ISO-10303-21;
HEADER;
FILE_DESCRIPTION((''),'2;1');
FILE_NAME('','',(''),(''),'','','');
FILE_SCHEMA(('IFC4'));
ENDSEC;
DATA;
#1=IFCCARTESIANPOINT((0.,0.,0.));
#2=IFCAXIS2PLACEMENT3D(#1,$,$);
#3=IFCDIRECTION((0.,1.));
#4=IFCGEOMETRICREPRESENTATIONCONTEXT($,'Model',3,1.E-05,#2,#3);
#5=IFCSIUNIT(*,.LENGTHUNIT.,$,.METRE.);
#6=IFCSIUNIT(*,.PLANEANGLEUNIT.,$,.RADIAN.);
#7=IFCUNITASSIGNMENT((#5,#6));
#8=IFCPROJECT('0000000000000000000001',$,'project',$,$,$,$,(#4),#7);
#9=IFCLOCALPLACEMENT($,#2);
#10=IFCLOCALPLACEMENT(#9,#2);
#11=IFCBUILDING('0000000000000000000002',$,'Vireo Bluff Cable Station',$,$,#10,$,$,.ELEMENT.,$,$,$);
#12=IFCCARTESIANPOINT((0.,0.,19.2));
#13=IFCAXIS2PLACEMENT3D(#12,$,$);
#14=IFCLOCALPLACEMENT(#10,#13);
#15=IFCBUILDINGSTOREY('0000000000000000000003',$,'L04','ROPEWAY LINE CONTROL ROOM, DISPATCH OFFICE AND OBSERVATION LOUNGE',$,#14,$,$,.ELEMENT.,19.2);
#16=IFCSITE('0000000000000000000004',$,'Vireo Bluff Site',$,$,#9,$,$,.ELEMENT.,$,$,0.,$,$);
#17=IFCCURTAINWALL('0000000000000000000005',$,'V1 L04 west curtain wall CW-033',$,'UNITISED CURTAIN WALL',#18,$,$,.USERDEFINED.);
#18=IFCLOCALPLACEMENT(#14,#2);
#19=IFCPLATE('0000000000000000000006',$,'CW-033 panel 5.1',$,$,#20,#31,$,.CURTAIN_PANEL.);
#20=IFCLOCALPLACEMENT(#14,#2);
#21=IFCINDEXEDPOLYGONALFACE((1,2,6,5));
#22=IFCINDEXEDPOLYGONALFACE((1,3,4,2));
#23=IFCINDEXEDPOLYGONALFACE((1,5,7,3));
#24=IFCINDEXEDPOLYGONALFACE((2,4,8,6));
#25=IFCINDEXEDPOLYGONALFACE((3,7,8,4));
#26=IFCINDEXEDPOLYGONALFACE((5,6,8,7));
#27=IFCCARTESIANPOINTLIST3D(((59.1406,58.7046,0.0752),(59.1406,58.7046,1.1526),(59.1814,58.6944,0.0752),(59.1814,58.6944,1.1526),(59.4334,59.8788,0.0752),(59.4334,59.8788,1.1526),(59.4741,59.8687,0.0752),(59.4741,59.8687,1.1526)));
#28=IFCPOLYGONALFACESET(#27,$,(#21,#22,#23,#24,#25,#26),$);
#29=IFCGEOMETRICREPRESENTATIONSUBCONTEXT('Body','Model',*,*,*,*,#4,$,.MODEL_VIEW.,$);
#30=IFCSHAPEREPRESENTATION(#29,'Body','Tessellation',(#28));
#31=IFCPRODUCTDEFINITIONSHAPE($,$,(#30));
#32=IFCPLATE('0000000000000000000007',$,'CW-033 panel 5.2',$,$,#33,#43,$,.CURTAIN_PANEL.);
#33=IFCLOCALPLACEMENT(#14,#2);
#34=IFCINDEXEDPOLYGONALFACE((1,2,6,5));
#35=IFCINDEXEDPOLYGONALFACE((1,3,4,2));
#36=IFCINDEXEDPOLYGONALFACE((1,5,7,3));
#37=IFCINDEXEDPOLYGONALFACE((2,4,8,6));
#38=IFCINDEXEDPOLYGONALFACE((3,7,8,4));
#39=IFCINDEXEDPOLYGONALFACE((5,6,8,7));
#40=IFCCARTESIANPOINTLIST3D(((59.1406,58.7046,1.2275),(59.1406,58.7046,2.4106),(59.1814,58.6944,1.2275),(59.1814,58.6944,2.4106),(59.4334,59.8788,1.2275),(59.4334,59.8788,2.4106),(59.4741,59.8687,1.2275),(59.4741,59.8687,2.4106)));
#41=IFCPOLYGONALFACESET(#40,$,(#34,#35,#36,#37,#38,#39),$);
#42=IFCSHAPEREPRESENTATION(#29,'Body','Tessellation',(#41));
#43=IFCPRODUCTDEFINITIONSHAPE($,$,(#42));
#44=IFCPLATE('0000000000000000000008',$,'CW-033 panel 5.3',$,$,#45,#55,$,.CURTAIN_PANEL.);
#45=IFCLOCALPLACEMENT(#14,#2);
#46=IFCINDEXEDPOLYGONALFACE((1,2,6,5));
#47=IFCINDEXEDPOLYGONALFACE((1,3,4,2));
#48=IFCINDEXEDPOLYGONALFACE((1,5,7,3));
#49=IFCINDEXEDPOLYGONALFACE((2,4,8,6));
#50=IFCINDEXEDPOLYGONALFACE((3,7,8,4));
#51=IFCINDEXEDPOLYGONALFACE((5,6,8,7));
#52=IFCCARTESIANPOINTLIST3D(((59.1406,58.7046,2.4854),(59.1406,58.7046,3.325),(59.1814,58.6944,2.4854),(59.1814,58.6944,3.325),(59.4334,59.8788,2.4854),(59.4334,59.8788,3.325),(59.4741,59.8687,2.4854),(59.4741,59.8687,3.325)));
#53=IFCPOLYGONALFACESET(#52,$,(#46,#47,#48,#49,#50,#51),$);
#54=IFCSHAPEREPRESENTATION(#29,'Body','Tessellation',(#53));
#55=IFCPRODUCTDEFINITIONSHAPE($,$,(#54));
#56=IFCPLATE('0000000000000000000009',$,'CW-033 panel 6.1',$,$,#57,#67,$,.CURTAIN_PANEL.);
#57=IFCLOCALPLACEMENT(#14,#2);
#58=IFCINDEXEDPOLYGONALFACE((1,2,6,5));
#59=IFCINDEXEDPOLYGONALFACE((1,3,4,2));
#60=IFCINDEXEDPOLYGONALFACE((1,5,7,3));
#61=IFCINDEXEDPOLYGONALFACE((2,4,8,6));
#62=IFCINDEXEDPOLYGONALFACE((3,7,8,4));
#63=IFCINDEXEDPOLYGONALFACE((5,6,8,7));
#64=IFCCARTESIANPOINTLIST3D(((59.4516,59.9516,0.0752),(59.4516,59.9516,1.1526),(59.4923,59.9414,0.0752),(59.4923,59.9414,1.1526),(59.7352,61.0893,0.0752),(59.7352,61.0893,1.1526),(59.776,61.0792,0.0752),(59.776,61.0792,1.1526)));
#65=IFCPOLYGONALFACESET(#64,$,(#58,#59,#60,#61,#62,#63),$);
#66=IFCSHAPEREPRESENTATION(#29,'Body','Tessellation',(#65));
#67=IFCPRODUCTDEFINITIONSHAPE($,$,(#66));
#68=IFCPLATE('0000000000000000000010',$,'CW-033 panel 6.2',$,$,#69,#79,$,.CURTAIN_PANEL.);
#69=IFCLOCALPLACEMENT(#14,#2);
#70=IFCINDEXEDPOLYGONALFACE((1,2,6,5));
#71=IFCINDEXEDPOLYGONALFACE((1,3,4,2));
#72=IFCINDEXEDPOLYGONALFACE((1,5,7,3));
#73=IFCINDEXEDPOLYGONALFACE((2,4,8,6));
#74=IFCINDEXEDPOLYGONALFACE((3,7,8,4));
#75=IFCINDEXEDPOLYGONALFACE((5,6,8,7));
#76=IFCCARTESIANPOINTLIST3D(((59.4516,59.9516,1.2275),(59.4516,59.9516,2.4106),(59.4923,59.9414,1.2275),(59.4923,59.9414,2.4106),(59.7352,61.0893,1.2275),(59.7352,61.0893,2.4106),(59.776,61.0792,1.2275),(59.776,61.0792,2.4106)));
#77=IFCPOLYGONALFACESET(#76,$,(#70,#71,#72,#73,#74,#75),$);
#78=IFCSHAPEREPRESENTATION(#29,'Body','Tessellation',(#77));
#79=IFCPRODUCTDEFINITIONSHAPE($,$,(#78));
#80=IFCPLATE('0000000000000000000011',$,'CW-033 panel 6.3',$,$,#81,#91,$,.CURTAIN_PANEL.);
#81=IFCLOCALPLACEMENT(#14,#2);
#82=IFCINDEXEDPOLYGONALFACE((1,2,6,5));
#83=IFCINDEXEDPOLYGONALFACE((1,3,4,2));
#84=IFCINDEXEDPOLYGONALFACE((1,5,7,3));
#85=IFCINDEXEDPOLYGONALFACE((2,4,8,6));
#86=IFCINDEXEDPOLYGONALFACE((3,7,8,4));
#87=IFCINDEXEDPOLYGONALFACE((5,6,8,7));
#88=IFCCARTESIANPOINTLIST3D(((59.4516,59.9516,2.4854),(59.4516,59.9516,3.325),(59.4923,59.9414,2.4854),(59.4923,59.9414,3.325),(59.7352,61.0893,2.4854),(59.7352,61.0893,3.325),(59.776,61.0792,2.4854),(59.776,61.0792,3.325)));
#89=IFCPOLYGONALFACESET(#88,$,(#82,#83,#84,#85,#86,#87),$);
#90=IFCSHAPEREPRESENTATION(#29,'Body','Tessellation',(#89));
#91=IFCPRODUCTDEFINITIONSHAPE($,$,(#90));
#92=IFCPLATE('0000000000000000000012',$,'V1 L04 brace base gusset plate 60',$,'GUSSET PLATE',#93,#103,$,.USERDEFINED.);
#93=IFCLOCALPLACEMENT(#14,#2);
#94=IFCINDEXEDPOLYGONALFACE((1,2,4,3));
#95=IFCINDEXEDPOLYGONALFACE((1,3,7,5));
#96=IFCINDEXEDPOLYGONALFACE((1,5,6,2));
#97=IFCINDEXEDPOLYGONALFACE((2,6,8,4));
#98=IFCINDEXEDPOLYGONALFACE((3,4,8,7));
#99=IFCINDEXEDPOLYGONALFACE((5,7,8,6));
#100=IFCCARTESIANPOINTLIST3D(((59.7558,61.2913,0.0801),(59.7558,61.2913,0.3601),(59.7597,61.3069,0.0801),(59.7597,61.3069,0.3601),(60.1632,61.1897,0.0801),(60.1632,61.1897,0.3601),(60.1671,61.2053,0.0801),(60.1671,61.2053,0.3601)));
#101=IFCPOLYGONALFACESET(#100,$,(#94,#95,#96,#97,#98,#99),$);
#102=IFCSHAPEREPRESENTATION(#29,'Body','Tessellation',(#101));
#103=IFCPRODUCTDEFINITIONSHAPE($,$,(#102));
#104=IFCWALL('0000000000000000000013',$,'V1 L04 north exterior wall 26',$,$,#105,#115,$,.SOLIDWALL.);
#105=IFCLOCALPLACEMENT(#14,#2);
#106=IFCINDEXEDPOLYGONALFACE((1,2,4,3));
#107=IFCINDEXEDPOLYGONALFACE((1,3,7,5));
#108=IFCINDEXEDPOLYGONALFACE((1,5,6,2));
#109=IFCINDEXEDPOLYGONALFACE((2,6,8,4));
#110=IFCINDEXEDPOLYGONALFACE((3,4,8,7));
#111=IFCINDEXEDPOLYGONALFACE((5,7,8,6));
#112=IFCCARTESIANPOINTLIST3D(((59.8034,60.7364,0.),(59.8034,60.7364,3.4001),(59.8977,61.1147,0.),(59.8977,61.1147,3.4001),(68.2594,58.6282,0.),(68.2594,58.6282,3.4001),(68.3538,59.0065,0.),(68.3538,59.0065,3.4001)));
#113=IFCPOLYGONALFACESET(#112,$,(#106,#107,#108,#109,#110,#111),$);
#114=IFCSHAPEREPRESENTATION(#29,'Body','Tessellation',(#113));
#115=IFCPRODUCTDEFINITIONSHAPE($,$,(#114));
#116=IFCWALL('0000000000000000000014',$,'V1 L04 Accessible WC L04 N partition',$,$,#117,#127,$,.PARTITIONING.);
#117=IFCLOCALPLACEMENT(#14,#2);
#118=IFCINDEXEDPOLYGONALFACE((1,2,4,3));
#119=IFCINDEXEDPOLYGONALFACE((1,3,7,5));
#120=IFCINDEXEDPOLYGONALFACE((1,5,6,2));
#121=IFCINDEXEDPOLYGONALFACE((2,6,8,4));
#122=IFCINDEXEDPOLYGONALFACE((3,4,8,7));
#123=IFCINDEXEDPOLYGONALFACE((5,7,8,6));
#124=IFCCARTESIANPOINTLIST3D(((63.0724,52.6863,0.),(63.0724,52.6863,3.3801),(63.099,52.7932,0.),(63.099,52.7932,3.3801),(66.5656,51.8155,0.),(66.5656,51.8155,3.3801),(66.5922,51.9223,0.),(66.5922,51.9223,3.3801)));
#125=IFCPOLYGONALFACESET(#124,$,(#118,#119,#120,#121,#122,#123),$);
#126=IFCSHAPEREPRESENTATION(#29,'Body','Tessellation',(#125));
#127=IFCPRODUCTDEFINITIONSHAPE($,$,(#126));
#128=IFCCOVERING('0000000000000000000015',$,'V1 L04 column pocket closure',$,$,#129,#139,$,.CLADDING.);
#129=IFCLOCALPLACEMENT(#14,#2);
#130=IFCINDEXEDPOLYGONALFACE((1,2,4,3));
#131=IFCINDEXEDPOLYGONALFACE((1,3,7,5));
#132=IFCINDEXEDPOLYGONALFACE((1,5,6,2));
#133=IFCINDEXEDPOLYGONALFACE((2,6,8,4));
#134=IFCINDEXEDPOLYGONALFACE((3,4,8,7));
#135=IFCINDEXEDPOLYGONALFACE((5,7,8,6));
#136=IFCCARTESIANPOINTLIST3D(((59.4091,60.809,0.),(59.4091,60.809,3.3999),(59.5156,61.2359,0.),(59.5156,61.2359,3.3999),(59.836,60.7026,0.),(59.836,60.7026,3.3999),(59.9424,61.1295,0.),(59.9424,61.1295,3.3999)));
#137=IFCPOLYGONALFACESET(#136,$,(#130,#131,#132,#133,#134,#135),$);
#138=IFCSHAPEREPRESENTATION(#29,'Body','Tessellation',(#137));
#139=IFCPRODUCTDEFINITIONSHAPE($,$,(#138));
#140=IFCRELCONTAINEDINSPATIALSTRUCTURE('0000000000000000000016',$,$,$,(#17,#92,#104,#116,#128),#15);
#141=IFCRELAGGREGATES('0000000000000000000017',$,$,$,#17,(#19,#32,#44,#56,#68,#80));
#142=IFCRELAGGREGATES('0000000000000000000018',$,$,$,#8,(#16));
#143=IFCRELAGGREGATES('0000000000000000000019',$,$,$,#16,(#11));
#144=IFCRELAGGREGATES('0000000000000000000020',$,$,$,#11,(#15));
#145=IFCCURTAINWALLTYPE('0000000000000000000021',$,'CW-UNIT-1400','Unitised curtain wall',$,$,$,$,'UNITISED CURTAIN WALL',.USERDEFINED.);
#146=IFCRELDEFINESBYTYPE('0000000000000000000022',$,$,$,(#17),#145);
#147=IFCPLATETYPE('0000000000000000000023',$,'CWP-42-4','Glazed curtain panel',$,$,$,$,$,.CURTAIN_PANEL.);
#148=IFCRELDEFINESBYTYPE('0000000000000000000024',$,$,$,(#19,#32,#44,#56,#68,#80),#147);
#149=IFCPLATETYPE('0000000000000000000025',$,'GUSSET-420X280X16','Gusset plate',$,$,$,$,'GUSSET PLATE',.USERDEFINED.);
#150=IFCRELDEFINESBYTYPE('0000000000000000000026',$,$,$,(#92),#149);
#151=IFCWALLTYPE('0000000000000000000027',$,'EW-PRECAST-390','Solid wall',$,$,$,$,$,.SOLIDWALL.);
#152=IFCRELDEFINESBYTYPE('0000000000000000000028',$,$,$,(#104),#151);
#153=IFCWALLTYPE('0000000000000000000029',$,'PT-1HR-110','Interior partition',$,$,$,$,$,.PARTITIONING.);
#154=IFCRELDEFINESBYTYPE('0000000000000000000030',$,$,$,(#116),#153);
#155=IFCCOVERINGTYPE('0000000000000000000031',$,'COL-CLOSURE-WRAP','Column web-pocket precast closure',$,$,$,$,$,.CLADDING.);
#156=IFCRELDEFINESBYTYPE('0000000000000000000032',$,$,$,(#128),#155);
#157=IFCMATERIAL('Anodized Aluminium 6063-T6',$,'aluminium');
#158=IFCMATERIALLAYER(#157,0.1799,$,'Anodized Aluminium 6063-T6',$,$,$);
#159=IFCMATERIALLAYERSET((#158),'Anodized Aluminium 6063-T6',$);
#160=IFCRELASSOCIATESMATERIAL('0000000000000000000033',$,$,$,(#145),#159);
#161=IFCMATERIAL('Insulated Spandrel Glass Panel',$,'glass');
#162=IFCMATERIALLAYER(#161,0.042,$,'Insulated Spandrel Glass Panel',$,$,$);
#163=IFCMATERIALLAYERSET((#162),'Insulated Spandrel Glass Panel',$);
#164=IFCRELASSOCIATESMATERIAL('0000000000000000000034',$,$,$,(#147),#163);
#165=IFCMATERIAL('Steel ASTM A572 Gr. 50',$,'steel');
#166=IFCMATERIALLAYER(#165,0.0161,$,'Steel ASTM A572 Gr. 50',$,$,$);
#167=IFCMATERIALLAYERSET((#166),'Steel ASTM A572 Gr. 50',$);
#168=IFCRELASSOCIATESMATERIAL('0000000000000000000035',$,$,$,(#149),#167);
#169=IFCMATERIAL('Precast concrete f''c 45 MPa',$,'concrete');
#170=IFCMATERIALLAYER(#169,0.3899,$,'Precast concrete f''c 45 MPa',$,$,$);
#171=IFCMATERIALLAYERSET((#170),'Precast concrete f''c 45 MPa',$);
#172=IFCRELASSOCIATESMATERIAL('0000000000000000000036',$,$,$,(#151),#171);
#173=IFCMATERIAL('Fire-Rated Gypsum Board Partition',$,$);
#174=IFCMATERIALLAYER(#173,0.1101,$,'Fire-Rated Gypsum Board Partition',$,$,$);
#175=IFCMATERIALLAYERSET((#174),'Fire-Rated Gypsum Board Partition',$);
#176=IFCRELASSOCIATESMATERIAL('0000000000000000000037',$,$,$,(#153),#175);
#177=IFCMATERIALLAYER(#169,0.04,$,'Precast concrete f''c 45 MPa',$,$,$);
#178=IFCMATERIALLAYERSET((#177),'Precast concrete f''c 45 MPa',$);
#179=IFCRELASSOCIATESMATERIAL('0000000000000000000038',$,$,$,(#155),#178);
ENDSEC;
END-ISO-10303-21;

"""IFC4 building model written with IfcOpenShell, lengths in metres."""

from ifc_helpers import new_model, si_unit, direction, frame, frame_2d, origin, origin_2d, place, context, subcontext, project, spatial, rectangle, extrude, material, layer, layer_set, type_object, element, aggregate, save


model = new_model("IFC4")

# Units and contexts
model_context = context("Model", 3, precision=1e-05, world=origin(), true_north=direction((0.0, 1.0)))
body_context = subcontext(model_context, "Body", "Model", "MODEL_VIEW")
ifc_project = project(units=[si_unit("LENGTHUNIT", "METRE"), si_unit("PLANEANGLEUNIT", "RADIAN")], contexts=[model_context])

# Site, building, storey
site_placement = place(None, origin())
site = spatial("IfcSite", under=ifc_project, at=site_placement, Name="Vireo Bluff Site", CompositionType="ELEMENT", RefElevation=0.0)
building_placement = place(site_placement, origin())
building = spatial("IfcBuilding", under=site, at=building_placement, Name="Vireo Bluff Cable Station", CompositionType="ELEMENT")
storey_placement = place(building_placement, frame((0.0, 0.0, 19.2)))
storey = spatial("IfcBuildingStorey", under=building, at=storey_placement, Name="L04", Description="ROPEWAY LINE CONTROL ROOM, DISPATCH OFFICE AND OBSERVATION LOUNGE", CompositionType="ELEMENT", Elevation=19.2)

# Curtain wall
ifc_material_1 = material(Name="Anodized Aluminium 6063-T6", Category="aluminium")
ifc_layer_1 = layer(ifc_material_1, 0.1799, Name="Anodized Aluminium 6063-T6")
ifc_layer_set_1 = layer_set([ifc_layer_1], Name="Anodized Aluminium 6063-T6")
curtain_wall_type = type_object("IfcCurtainWallType", Name="CW-UNIT-1400", Description="Unitised curtain wall", ElementType="UNITISED CURTAIN WALL", PredefinedType="USERDEFINED", material=ifc_layer_set_1)
curtain_wall_placement = place(storey_placement, origin())
curtain_wall = element("IfcCurtainWall", 1, at=curtain_wall_placement, inside=storey, type_object=curtain_wall_type, Name="V1 L04 west curtain wall CW-033", ObjectType="UNITISED CURTAIN WALL", PredefinedType="USERDEFINED")

# Plates
ifc_material_2 = material(Name="Insulated Spandrel Glass Panel", Category="glass")
ifc_layer_2 = layer(ifc_material_2, 0.042, Name="Insulated Spandrel Glass Panel")
ifc_layer_set_2 = layer_set([ifc_layer_2], Name="Insulated Spandrel Glass Panel")
plate_type_1 = type_object("IfcPlateType", Name="CWP-42-4", Description="Glazed curtain panel", PredefinedType="CURTAIN_PANEL", material=ifc_layer_set_2)
plate_1_placement = place(storey_placement, frame((59.3074, 59.2866, 0.0752), z_axis=(0.0, 0.0, 1.0), x_axis=(0.241922, 0.970296, 0.0)))
plate_1 = element("IfcPlate", 2, at=plate_1_placement, type_object=plate_type_1, Name="CW-033 panel 5.1", PredefinedType="CURTAIN_PANEL", context=body_context, shape_type="SweptSolid", body=[
    extrude(rectangle(XDim=1.2102, YDim=0.042, at=origin_2d()), origin(), (0.0, 0.0, 1.0), 1.0774),
])
plate_2_placement = place(storey_placement, frame((59.3074, 59.2866, 1.2275), z_axis=(0.0, 0.0, 1.0), x_axis=(0.241922, 0.970296, 0.0)))
plate_2 = element("IfcPlate", 3, at=plate_2_placement, type_object=plate_type_1, Name="CW-033 panel 5.2", PredefinedType="CURTAIN_PANEL", context=body_context, shape_type="SweptSolid", body=[
    extrude(rectangle(XDim=1.2102, YDim=0.042, at=origin_2d()), origin(), (0.0, 0.0, 1.0), 1.1831),
])
plate_3_placement = place(storey_placement, frame((59.3074, 59.2866, 2.4854), z_axis=(0.0, 0.0, 1.0), x_axis=(0.241922, 0.970296, 0.0)))
plate_3 = element("IfcPlate", 4, at=plate_3_placement, type_object=plate_type_1, Name="CW-033 panel 5.3", PredefinedType="CURTAIN_PANEL", context=body_context, shape_type="SweptSolid", body=[
    extrude(rectangle(XDim=1.2102, YDim=0.042, at=origin_2d()), origin(), (0.0, 0.0, 1.0), 0.8396),
])
plate_4_placement = place(storey_placement, frame((59.6138, 60.5154, 0.0752), z_axis=(0.0, 0.0, 1.0), x_axis=(0.241922, 0.970296, 0.0)))
plate_4 = element("IfcPlate", 5, at=plate_4_placement, type_object=plate_type_1, Name="CW-033 panel 6.1", PredefinedType="CURTAIN_PANEL", context=body_context, shape_type="SweptSolid", body=[
    extrude(rectangle(XDim=1.1726, YDim=0.042, at=origin_2d()), origin(), (0.0, 0.0, 1.0), 1.0774),
])
plate_5_placement = place(storey_placement, frame((59.6138, 60.5154, 1.2275), z_axis=(0.0, 0.0, 1.0), x_axis=(0.241922, 0.970296, 0.0)))
plate_5 = element("IfcPlate", 6, at=plate_5_placement, type_object=plate_type_1, Name="CW-033 panel 6.2", PredefinedType="CURTAIN_PANEL", context=body_context, shape_type="SweptSolid", body=[
    extrude(rectangle(XDim=1.1726, YDim=0.042, at=origin_2d()), origin(), (0.0, 0.0, 1.0), 1.1831),
])
plate_6_placement = place(storey_placement, frame((59.6138, 60.5154, 2.4854), z_axis=(0.0, 0.0, 1.0), x_axis=(0.241922, 0.970296, 0.0)))
plate_6 = element("IfcPlate", 7, at=plate_6_placement, type_object=plate_type_1, Name="CW-033 panel 6.3", PredefinedType="CURTAIN_PANEL", context=body_context, shape_type="SweptSolid", body=[
    extrude(rectangle(XDim=1.1726, YDim=0.042, at=origin_2d()), origin(), (0.0, 0.0, 1.0), 0.8396),
])
aggregate(curtain_wall, [plate_1, plate_2, plate_3, plate_4, plate_5, plate_6])
ifc_material_3 = material(Name="Steel ASTM A572 Gr. 50", Category="steel")
ifc_layer_3 = layer(ifc_material_3, 0.0161, Name="Steel ASTM A572 Gr. 50")
ifc_layer_set_3 = layer_set([ifc_layer_3], Name="Steel ASTM A572 Gr. 50")
plate_type_2 = type_object("IfcPlateType", Name="GUSSET-420X280X16", Description="Gusset plate", ElementType="GUSSET PLATE", PredefinedType="USERDEFINED", material=ifc_layer_set_3)
plate_7_placement = place(storey_placement, frame((59.9614, 61.2483, 0.0801), z_axis=(0.0, 0.0, 1.0), x_axis=(0.970296, -0.241922, 0.0)))
element("IfcPlate", 8, at=plate_7_placement, inside=storey, type_object=plate_type_2, Name="V1 L04 brace base gusset plate 60", ObjectType="GUSSET PLATE", PredefinedType="USERDEFINED", context=body_context, shape_type="SweptSolid", body=[
    extrude(rectangle(XDim=0.4199, YDim=0.0161, at=origin_2d()), origin(), (0.0, 0.0, 1.0), 0.28),
])

# Walls
ifc_material_4 = material(Name="Precast concrete f'c 45 MPa", Category="concrete")
ifc_layer_4 = layer(ifc_material_4, 0.3899, Name="Precast concrete f'c 45 MPa")
ifc_layer_set_4 = layer_set([ifc_layer_4], Name="Precast concrete f'c 45 MPa")
wall_type_1 = type_object("IfcWallType", Name="EW-PRECAST-390", Description="Solid wall", PredefinedType="SOLIDWALL", material=ifc_layer_set_4)
wall_1_placement = place(storey_placement, frame((59.8506, 60.9255, 0.0), z_axis=(0.0, 0.0, 1.0), x_axis=(0.9703, -0.241903, 0.0)))
element("IfcWall", 9, at=wall_1_placement, inside=storey, type_object=wall_type_1, Name="V1 L04 north exterior wall 26", PredefinedType="SOLIDWALL", context=body_context, shape_type="SweptSolid", body=[
    extrude(rectangle(XDim=8.7148, YDim=0.3899, at=frame_2d((4.3574, 0.0))), origin(), (0.0, 0.0, 1.0), 3.4001),
])
ifc_material_5 = material(Name="Fire-Rated Gypsum Board Partition")
ifc_layer_5 = layer(ifc_material_5, 0.1101, Name="Fire-Rated Gypsum Board Partition")
ifc_layer_set_5 = layer_set([ifc_layer_5], Name="Fire-Rated Gypsum Board Partition")
wall_type_2 = type_object("IfcWallType", Name="PT-1HR-110", Description="Interior partition", PredefinedType="PARTITIONING", material=ifc_layer_set_5)
wall_2_placement = place(storey_placement, frame((63.0857, 52.7397, 0.0), z_axis=(0.0, 0.0, 1.0), x_axis=(0.970302, -0.241897, 0.0)))
element("IfcWall", 10, at=wall_2_placement, inside=storey, type_object=wall_type_2, Name="V1 L04 Accessible WC L04 N partition", PredefinedType="PARTITIONING", context=body_context, shape_type="SweptSolid", body=[
    extrude(rectangle(XDim=3.6001, YDim=0.1101, at=frame_2d((1.8, 0.0))), origin(), (0.0, 0.0, 1.0), 3.3801),
])

# Covering
ifc_layer_6 = layer(ifc_material_4, 0.04, Name="Precast concrete f'c 45 MPa")
ifc_layer_set_6 = layer_set([ifc_layer_6], Name="Precast concrete f'c 45 MPa")
covering_type = type_object("IfcCoveringType", Name="COL-CLOSURE-WRAP", Description="Column web-pocket precast closure", PredefinedType="CLADDING", material=ifc_layer_set_6)
covering_placement = place(storey_placement, frame((59.6758, 60.9692, 0.0), z_axis=(0.0, 0.0, 1.0), x_axis=(0.970296, -0.241922, 0.0)))
element("IfcCovering", 11, at=covering_placement, inside=storey, type_object=covering_type, Name="V1 L04 column pocket closure", PredefinedType="CLADDING", context=body_context, shape_type="SweptSolid", body=[
    extrude(rectangle(XDim=0.4399, YDim=0.4399, at=origin_2d()), origin(), (0.0, 0.0, 1.0), 3.3999),
])

save(model, "model.ifc")
